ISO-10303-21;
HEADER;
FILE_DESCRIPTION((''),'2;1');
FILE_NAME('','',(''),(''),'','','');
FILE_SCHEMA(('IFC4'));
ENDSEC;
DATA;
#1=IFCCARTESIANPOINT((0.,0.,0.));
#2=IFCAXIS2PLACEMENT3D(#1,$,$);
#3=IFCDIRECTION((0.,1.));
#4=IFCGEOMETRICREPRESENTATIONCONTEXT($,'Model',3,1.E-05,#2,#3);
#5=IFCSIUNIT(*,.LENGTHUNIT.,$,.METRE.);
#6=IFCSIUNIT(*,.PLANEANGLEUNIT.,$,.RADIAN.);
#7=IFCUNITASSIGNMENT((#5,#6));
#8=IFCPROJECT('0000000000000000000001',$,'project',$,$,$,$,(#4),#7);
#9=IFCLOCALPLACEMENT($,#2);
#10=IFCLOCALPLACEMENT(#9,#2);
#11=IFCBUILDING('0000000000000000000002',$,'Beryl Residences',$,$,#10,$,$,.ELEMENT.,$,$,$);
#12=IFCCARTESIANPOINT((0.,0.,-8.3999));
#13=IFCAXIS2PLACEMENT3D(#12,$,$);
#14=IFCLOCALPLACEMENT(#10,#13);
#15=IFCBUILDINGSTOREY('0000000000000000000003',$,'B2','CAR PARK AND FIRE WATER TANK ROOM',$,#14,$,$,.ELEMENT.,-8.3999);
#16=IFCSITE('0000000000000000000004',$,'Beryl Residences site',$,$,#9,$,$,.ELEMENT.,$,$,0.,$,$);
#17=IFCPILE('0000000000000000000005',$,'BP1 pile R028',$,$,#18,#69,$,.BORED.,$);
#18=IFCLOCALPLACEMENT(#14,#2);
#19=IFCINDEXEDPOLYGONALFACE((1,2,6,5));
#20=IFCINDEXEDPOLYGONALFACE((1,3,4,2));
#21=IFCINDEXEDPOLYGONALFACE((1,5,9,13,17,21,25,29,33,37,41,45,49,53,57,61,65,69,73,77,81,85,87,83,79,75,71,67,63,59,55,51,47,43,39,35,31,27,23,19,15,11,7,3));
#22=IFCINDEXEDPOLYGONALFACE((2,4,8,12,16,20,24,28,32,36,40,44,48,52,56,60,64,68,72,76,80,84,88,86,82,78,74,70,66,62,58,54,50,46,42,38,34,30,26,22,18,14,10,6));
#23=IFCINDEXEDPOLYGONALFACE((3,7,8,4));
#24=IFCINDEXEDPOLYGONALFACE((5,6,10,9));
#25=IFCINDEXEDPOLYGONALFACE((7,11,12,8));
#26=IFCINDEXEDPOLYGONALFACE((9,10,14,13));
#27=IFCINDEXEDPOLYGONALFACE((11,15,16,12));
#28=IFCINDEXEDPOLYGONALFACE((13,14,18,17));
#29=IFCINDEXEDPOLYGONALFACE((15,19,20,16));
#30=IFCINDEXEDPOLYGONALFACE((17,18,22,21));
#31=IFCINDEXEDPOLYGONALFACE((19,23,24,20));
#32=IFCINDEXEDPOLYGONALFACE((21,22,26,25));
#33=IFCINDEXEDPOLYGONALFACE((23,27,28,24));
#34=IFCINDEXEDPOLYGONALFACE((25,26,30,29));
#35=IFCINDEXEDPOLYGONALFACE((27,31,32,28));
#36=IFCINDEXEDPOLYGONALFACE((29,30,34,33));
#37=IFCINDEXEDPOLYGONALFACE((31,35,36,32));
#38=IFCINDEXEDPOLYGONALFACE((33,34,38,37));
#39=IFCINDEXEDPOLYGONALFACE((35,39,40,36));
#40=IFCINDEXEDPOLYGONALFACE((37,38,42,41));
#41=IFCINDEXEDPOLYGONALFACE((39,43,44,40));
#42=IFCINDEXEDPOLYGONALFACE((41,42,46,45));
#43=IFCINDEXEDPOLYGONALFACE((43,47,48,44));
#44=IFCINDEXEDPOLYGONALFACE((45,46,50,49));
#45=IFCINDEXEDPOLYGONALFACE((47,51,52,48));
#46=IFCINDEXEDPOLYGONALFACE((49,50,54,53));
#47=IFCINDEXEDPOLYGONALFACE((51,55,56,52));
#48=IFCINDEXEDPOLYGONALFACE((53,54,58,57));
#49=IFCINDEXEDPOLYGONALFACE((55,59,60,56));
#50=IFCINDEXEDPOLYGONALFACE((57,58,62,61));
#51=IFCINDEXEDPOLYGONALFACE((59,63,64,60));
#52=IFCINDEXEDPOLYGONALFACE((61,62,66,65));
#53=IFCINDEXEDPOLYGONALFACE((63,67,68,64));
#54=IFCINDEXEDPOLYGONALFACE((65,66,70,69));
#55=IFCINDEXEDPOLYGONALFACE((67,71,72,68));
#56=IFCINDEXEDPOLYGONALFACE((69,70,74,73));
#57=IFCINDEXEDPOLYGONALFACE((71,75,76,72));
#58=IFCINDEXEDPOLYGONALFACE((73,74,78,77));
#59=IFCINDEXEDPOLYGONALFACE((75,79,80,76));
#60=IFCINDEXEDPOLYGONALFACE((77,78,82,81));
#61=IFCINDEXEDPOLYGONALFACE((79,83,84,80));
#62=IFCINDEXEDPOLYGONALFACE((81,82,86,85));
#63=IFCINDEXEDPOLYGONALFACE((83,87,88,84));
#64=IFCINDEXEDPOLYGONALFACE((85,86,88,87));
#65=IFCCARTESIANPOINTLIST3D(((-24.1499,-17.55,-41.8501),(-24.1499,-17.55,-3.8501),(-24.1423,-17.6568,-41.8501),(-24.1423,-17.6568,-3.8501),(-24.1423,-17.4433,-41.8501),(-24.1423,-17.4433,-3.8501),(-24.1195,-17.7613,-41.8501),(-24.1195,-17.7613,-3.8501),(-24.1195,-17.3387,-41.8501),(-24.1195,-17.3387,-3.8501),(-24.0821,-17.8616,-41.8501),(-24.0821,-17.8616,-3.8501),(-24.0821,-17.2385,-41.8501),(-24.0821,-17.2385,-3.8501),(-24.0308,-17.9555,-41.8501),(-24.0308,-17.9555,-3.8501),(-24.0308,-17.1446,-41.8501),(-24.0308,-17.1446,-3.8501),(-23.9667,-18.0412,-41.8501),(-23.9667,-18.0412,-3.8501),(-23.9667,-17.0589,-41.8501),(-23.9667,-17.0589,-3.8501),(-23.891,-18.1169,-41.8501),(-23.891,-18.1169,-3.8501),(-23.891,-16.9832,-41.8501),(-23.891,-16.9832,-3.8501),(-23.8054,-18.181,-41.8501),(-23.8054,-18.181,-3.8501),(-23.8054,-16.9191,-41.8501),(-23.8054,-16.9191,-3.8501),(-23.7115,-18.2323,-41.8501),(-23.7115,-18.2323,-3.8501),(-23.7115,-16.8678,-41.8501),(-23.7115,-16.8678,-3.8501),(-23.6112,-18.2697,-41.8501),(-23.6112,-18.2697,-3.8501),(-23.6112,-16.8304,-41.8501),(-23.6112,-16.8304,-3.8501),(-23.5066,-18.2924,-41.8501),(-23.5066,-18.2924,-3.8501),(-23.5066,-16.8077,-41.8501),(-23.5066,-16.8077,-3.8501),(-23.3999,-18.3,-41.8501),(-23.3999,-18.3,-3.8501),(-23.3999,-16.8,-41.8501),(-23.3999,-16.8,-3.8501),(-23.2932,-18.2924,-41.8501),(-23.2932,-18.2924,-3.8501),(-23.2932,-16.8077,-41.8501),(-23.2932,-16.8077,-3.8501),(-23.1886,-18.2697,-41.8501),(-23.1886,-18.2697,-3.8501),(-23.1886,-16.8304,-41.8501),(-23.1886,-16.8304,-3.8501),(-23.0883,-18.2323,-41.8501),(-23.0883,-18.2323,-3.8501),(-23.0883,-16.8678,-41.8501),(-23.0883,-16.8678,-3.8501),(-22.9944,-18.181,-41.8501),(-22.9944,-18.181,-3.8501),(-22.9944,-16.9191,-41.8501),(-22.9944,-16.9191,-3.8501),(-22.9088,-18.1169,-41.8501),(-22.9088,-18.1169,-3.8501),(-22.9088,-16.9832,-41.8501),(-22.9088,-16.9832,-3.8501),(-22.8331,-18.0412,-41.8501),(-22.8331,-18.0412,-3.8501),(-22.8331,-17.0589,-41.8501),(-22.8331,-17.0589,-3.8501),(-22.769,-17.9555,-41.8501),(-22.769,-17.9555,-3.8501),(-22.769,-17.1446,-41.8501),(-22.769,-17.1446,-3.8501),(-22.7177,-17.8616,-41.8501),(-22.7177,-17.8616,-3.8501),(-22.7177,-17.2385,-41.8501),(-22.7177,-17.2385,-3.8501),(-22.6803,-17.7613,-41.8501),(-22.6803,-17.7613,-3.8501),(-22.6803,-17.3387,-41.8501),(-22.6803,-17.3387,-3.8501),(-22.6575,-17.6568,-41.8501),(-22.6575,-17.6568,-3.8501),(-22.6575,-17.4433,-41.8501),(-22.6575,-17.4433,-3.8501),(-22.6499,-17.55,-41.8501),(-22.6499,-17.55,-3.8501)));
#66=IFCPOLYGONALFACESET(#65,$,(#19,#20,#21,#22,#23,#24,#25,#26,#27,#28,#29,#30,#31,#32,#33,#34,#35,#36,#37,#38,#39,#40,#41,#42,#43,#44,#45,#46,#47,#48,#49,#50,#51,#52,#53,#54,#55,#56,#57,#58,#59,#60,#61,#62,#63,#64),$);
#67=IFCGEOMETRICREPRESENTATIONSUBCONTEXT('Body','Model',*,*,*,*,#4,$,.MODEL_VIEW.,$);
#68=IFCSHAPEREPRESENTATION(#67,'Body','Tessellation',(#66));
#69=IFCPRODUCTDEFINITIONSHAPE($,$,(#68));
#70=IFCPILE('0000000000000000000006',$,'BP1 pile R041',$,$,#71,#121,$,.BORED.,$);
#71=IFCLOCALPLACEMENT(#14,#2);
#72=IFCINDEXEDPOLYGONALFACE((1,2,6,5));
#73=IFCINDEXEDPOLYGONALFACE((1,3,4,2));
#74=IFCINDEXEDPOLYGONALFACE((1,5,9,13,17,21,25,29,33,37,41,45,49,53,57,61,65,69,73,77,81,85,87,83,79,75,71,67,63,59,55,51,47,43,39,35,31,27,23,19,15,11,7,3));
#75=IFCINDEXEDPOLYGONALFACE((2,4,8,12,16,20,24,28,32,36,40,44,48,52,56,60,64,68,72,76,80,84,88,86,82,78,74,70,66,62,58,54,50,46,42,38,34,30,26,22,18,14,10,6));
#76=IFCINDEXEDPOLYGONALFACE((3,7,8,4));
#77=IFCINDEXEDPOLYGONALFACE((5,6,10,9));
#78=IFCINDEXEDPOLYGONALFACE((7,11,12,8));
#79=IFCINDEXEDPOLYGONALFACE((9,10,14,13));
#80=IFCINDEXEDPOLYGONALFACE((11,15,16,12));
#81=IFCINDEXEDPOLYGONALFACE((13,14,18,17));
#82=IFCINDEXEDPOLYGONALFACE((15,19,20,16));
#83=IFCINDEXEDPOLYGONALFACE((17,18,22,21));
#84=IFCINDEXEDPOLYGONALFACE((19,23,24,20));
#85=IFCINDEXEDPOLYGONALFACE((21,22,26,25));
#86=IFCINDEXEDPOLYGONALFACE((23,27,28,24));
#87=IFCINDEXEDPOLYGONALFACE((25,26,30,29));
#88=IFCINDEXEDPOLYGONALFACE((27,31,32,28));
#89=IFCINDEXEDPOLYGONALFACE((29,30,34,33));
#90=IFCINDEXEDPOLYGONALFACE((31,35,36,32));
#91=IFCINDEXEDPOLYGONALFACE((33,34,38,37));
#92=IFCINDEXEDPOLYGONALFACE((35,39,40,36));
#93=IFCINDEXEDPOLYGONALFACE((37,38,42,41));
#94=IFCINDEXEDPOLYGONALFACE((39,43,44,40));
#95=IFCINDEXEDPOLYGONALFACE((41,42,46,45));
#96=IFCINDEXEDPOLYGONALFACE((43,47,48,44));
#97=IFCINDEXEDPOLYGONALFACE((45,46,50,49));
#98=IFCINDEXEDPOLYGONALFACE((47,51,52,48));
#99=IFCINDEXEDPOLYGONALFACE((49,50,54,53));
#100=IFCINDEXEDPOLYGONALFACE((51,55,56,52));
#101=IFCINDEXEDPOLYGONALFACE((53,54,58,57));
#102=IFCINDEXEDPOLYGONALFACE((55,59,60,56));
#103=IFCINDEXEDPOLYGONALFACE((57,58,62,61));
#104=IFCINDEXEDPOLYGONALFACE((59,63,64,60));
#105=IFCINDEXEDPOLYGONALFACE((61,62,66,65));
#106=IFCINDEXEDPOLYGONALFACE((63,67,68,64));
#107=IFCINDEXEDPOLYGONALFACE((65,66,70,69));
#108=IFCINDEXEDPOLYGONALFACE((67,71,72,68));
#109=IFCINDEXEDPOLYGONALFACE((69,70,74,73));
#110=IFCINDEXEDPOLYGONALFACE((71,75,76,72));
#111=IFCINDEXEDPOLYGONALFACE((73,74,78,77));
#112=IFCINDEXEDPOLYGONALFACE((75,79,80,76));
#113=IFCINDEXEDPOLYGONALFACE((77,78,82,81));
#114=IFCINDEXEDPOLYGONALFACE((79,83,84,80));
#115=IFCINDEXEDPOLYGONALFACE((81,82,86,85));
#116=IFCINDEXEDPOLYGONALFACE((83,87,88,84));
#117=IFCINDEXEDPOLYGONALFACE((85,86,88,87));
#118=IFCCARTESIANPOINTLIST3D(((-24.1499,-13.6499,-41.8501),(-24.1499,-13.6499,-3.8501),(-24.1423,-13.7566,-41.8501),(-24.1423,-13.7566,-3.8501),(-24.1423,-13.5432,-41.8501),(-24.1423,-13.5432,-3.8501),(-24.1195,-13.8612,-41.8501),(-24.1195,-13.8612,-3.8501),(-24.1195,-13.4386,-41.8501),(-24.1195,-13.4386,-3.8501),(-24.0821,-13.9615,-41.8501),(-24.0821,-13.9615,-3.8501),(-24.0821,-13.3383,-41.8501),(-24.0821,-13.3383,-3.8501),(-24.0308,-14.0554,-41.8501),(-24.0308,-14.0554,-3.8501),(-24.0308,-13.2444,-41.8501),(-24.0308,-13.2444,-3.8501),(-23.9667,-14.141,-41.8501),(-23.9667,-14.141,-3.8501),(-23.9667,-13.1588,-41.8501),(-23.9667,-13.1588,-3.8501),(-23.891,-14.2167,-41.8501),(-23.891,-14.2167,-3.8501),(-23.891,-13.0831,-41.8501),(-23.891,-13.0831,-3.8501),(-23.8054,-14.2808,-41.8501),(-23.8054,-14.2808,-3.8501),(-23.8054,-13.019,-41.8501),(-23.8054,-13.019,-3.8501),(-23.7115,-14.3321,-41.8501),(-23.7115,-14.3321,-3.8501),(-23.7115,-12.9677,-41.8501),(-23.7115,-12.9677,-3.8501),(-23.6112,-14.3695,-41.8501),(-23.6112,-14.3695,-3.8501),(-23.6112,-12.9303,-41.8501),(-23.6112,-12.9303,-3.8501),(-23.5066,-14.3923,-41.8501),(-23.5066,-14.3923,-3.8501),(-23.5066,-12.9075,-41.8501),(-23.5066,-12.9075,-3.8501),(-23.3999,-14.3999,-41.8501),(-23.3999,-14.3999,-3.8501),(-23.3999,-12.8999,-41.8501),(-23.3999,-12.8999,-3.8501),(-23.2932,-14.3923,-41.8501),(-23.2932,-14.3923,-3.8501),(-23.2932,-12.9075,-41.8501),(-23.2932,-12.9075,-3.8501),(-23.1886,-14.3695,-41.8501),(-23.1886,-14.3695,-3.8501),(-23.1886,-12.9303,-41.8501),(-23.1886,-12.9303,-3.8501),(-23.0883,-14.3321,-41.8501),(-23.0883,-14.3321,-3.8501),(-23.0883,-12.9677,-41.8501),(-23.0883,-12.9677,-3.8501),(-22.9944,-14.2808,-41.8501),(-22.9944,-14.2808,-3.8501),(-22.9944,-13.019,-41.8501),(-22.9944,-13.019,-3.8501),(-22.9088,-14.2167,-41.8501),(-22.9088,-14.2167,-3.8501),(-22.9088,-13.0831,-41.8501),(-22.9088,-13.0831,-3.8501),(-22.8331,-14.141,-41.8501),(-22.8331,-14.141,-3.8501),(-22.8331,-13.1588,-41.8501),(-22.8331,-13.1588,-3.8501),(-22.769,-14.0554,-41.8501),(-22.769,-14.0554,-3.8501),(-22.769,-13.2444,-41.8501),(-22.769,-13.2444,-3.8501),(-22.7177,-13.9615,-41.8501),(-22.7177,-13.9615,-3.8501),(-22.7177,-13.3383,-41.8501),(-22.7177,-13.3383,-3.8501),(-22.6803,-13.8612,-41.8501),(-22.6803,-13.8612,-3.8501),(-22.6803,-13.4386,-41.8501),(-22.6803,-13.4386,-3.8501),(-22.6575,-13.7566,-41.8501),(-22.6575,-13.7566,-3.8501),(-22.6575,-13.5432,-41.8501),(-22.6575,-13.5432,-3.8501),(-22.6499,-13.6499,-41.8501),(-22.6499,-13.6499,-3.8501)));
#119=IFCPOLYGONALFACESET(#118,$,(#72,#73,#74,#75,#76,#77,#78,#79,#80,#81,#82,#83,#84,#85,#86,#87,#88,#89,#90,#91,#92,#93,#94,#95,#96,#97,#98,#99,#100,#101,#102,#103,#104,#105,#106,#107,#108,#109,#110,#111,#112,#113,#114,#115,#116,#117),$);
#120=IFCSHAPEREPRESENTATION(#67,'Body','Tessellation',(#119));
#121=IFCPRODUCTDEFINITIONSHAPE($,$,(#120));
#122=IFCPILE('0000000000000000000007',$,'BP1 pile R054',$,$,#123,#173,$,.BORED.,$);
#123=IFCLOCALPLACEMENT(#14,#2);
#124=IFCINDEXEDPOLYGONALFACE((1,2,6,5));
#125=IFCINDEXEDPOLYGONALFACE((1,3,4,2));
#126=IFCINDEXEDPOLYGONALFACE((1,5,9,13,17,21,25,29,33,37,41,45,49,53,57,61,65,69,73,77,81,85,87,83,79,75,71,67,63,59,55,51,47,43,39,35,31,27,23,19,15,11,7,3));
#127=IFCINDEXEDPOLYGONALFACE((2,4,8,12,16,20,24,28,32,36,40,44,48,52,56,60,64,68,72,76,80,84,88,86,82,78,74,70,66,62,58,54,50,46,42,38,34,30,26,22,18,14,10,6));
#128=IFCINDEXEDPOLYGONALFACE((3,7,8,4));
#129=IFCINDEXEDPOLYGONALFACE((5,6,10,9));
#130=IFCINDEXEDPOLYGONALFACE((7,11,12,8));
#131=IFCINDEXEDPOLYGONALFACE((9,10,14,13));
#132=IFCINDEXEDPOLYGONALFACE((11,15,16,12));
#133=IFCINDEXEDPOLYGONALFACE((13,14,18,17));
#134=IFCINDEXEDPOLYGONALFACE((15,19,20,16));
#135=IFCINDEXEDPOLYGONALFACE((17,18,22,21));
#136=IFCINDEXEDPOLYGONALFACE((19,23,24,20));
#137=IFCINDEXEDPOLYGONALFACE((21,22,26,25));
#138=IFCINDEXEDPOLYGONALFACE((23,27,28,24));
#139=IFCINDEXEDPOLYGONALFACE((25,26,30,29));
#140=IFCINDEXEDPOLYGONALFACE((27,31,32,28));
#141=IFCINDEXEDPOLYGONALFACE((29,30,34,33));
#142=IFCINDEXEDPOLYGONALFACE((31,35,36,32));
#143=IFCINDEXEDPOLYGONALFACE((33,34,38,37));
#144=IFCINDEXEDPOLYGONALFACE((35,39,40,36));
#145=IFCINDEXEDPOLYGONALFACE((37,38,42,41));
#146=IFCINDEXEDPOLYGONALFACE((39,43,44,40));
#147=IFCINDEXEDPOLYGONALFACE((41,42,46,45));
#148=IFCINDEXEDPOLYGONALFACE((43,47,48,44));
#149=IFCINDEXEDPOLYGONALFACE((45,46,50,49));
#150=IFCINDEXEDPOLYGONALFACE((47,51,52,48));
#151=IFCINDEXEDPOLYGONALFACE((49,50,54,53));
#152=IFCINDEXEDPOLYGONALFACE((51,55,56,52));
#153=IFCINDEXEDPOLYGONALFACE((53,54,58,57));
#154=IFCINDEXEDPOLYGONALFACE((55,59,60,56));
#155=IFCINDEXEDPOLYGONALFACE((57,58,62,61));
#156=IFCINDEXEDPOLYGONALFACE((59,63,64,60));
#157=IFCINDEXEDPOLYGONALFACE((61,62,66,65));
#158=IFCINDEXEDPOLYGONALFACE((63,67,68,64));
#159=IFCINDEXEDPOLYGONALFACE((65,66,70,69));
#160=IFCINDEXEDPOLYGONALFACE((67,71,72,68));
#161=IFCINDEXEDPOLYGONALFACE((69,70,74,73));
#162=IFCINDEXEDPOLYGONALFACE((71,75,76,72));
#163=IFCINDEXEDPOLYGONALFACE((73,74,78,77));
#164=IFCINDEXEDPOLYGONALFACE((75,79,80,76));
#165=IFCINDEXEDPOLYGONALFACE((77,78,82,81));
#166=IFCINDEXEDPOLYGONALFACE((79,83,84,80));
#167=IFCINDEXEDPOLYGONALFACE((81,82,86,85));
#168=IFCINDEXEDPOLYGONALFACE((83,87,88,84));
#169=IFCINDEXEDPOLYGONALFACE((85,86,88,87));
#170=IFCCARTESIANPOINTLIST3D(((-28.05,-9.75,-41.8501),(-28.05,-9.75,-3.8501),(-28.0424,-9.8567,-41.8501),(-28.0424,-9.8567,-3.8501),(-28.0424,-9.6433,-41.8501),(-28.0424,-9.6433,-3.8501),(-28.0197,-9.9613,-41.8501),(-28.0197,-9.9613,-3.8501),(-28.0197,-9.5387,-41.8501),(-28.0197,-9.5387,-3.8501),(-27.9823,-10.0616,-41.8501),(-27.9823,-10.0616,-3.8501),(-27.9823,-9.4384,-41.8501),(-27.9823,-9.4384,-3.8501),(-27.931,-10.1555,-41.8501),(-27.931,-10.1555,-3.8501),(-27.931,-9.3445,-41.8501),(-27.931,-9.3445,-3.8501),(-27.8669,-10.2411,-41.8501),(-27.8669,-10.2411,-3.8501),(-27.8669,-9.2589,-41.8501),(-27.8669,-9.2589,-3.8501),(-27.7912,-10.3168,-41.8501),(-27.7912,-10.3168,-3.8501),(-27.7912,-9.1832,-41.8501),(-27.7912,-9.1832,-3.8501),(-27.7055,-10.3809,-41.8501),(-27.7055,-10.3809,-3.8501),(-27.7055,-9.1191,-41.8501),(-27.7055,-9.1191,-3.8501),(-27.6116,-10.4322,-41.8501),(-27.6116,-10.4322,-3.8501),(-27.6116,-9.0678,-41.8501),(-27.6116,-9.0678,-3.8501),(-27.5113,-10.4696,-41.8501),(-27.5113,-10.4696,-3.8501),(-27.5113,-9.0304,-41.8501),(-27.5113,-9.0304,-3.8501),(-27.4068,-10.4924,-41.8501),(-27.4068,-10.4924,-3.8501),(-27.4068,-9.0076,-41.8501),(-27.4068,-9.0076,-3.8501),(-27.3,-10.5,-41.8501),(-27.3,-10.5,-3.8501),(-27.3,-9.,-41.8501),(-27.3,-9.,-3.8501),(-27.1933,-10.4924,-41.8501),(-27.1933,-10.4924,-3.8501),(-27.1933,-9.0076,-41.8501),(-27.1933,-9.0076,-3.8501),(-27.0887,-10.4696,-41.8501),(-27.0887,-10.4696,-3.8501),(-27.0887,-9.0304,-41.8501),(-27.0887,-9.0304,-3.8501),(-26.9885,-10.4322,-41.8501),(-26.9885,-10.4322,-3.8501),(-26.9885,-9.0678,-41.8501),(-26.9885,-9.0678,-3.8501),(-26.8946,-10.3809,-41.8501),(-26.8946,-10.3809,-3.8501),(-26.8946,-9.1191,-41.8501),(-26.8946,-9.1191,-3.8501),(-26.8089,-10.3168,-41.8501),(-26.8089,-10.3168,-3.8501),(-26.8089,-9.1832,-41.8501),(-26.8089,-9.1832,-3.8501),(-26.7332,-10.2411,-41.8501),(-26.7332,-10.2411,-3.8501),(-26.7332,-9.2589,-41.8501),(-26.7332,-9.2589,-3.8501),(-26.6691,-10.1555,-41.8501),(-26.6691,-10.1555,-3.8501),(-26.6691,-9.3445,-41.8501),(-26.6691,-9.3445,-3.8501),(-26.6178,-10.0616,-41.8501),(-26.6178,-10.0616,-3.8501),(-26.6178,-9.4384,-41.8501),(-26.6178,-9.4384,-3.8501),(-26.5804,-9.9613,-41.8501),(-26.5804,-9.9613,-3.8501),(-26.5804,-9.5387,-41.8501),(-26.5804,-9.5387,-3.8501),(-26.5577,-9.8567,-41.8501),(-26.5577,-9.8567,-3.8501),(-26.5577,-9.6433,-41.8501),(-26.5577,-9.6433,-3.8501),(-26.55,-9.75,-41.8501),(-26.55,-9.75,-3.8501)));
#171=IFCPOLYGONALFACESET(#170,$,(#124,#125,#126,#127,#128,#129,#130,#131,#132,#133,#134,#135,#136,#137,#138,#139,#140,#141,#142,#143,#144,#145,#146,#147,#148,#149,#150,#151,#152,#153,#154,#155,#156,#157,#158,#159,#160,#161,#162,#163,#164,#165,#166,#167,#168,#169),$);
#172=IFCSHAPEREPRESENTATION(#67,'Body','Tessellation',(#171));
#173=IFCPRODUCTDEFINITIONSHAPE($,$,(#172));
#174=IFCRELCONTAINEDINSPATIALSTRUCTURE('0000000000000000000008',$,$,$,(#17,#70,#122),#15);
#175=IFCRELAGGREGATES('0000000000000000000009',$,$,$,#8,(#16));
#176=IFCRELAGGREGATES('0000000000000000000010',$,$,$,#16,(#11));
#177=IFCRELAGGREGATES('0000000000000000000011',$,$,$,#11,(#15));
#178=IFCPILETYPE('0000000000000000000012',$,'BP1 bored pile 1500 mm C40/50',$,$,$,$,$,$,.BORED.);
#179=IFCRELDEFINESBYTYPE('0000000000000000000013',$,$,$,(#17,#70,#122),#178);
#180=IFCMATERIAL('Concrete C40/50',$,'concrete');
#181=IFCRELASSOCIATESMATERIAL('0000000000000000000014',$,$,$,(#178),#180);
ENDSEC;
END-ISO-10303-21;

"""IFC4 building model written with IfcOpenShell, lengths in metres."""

from ifc_helpers import new_model, si_unit, direction, frame, origin, origin_2d, place, context, subcontext, project, spatial, circle, extrude, material, material_profile, profile_set, type_object, element, save


model = new_model("IFC4")

# Units and contexts
model_context = context("Model", 3, precision=1e-05, world=origin(), true_north=direction((0.0, 1.0)))
body_context = subcontext(model_context, "Body", "Model", "MODEL_VIEW")
ifc_project = project(units=[si_unit("LENGTHUNIT", "METRE"), si_unit("PLANEANGLEUNIT", "RADIAN")], contexts=[model_context])

# Site, building, storey
site_placement = place(None, origin())
site = spatial("IfcSite", under=ifc_project, at=site_placement, Name="Beryl Residences site", CompositionType="ELEMENT", RefElevation=0.0)
building_placement = place(site_placement, origin())
building = spatial("IfcBuilding", under=site, at=building_placement, Name="Beryl Residences", CompositionType="ELEMENT")
storey_placement = place(building_placement, frame((0.0, 0.0, -8.3999)))
storey = spatial("IfcBuildingStorey", under=building, at=storey_placement, Name="B2", Description="CAR PARK AND FIRE WATER TANK ROOM", CompositionType="ELEMENT", Elevation=-8.3999)

# Piles
ifc_material_1 = material(Name="Concrete C40/50", Category="concrete")
ifc_material_profile_1 = material_profile(ifc_material_1, circle(Radius=0.75, at=origin_2d()))
ifc_profile_set_1 = profile_set([ifc_material_profile_1], Name="Concrete C40/50")
pile_type_1 = type_object("IfcPileType", Name="BP1 bored pile 1500 mm C40/50", PredefinedType="BORED", material=ifc_profile_set_1)
for number, where, z_axis, x_axis, name in (
    (1, (-23.3999, -17.55, -3.8501), (0.0, 0.0, -1.0), (1.0, 0.0, 0.0), "BP1 pile R028"),
    (2, (-23.3999, -13.6499, -3.8501), (0.0, 0.0, -1.0), (1.0, 0.0, 0.0), "BP1 pile R041"),
    (3, (-27.3, -9.75, -3.8501), (0.0, 0.0, -1.0), (1.0, 0.0, 0.0), "BP1 pile R054"),
):
    element("IfcPile", number, at=place(storey_placement, frame(where, z_axis=z_axis, x_axis=x_axis)), inside=storey, type_object=pile_type_1, Name=name, PredefinedType="BORED", context=body_context, shape_type="SweptSolid", body=[
        extrude(circle(Radius=0.75, at=origin_2d()), origin(), (0.0, 0.0, 1.0), 38.0),
    ])

save(model, "model.ifc")
